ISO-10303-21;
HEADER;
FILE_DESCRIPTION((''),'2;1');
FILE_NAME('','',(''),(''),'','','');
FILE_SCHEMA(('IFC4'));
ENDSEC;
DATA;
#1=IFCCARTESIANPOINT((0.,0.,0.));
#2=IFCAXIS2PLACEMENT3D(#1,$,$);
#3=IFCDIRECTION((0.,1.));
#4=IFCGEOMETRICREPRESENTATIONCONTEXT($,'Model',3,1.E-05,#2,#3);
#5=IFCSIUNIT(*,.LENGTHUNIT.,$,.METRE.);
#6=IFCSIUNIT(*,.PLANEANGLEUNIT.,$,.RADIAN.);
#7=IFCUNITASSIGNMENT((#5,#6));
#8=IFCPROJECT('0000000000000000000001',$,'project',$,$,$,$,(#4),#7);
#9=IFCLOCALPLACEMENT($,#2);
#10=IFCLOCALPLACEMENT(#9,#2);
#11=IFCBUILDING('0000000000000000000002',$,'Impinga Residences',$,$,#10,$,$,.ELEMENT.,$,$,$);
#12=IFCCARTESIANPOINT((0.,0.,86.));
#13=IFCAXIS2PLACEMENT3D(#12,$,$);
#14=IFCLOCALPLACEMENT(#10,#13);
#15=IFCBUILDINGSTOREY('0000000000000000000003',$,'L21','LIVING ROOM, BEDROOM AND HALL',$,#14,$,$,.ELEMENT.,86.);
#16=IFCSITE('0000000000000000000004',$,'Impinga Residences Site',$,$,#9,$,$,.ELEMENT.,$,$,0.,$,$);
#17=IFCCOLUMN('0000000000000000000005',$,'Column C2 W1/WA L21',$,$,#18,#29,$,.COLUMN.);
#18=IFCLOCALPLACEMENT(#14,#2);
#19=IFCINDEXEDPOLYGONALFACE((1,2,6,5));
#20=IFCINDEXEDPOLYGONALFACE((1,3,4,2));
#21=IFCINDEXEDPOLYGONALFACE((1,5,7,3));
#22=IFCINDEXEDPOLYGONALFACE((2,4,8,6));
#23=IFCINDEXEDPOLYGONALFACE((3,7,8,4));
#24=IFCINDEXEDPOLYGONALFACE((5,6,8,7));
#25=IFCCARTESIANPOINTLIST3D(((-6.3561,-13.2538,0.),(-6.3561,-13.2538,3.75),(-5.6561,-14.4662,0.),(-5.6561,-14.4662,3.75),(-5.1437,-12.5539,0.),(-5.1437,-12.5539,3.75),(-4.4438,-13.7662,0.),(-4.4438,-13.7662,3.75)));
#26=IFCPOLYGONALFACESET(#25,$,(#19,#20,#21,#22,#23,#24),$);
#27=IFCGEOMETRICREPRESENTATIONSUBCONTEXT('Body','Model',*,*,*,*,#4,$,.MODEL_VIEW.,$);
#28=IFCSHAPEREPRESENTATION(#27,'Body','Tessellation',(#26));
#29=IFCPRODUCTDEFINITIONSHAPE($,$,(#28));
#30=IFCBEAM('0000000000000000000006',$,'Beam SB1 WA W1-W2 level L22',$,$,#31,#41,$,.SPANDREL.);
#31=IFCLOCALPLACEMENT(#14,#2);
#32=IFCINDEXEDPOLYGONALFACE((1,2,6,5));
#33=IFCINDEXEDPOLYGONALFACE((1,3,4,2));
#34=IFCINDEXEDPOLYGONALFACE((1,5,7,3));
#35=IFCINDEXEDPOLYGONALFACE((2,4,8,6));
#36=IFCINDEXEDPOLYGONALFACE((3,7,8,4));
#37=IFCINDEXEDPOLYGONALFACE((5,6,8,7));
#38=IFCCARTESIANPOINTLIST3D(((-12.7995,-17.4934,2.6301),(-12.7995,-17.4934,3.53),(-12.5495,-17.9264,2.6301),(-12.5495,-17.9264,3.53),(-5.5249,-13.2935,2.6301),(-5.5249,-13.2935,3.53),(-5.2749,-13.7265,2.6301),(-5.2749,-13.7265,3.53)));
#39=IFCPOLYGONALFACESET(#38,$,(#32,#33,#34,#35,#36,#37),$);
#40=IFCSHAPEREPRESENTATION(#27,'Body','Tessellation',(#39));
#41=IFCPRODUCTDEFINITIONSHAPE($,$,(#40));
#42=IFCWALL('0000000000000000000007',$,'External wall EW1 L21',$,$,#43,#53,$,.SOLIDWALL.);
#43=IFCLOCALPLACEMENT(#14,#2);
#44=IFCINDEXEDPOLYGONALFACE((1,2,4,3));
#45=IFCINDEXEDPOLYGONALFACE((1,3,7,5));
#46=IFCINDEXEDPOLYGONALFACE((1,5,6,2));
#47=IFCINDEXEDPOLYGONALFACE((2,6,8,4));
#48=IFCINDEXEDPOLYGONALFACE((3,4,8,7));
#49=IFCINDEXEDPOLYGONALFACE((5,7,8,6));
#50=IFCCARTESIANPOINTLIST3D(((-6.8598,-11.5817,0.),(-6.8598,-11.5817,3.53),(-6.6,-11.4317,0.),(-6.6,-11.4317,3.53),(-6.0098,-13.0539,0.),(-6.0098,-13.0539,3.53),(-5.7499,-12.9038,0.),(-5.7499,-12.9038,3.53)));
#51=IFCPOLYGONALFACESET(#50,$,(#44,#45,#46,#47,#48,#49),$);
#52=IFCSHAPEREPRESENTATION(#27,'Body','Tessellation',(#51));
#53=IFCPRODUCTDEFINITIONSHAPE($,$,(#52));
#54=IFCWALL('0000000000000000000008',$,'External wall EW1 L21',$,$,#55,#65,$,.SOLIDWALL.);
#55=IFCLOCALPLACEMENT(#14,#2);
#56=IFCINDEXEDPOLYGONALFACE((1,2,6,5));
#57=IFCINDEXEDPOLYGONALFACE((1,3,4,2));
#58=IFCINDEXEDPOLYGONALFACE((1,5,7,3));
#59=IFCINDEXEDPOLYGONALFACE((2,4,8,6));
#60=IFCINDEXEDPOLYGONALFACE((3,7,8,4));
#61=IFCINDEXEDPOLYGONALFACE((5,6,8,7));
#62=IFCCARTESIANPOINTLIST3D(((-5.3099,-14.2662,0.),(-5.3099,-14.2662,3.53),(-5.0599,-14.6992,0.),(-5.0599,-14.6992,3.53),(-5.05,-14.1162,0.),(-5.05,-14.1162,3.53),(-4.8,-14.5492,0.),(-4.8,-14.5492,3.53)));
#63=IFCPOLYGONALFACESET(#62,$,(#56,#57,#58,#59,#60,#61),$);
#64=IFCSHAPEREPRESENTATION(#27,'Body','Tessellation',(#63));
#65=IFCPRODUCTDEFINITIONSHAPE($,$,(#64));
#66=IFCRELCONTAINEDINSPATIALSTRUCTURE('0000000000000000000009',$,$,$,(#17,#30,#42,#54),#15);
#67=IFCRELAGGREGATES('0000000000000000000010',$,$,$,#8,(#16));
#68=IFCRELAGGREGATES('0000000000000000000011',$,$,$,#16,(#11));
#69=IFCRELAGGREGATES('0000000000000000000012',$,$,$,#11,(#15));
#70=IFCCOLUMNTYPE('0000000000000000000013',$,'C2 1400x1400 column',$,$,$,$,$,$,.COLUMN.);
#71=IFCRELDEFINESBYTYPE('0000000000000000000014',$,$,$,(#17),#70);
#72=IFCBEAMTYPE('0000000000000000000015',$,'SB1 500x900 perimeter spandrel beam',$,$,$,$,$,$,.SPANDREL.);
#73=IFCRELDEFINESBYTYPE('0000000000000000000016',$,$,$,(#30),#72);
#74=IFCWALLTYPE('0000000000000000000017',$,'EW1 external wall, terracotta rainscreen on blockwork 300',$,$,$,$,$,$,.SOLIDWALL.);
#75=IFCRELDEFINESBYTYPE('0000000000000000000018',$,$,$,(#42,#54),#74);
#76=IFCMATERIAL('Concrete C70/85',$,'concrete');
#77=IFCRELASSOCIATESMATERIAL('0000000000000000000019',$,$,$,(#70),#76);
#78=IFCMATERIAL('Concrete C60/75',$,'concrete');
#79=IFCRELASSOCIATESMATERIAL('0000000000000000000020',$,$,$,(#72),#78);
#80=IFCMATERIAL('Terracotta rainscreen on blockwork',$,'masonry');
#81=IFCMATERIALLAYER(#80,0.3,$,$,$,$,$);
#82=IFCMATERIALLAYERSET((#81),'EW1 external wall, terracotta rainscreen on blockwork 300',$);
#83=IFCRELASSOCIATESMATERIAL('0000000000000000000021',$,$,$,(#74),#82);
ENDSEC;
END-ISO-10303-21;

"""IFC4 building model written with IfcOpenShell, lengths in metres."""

from ifc_helpers import new_model, si_unit, direction, frame, frame_2d, origin, origin_2d, place, context, subcontext, project, spatial, rectangle, extrude, material, layer, layer_set, material_profile, profile_set, type_object, element, save


model = new_model("IFC4")

# Units and contexts
model_context = context("Model", 3, precision=1e-05, world=origin(), true_north=direction((0.0, 1.0)))
body_context = subcontext(model_context, "Body", "Model", "MODEL_VIEW")
ifc_project = project(units=[si_unit("LENGTHUNIT", "METRE"), si_unit("PLANEANGLEUNIT", "RADIAN")], contexts=[model_context])

# Site, building, storey
site_placement = place(None, origin())
site = spatial("IfcSite", under=ifc_project, at=site_placement, Name="Impinga Residences Site", CompositionType="ELEMENT", RefElevation=0.0)
building_placement = place(site_placement, origin())
building = spatial("IfcBuilding", under=site, at=building_placement, Name="Impinga Residences", CompositionType="ELEMENT")
storey_placement = place(building_placement, frame((0.0, 0.0, 86.0)))
storey = spatial("IfcBuildingStorey", under=building, at=storey_placement, Name="L21", Description="LIVING ROOM, BEDROOM AND HALL", CompositionType="ELEMENT", Elevation=86.0)

# Column
ifc_material_1 = material(Name="Concrete C70/85", Category="concrete")
ifc_material_profile_1 = material_profile(ifc_material_1, rectangle(XDim=1.3999, YDim=1.3999, at=origin_2d()), Name="RC 1400x1400")
ifc_profile_set_1 = profile_set([ifc_material_profile_1], Name="Concrete C70/85")
column_type = type_object("IfcColumnType", Name="C2 1400x1400 column", PredefinedType="COLUMN", material=ifc_profile_set_1)
column_placement = place(storey_placement, frame((-5.3999, -13.51, 0.0), z_axis=(0.0, 0.0, 1.0), x_axis=(-0.5, 0.866025, 0.0)))
element("IfcColumn", 1, at=column_placement, inside=storey, type_object=column_type, Name="Column C2 W1/WA L21", PredefinedType="COLUMN", context=body_context, shape_type="SweptSolid", body=[
    extrude(rectangle(XDim=1.3999, YDim=1.3999, at=origin_2d()), origin(), (0.0, 0.0, 1.0), 3.75),
])

# Beam
ifc_material_2 = material(Name="Concrete C60/75", Category="concrete")
ifc_material_profile_2 = material_profile(ifc_material_2, rectangle(XDim=0.5, YDim=0.8999, at=origin_2d()), Name="RC 500x900")
ifc_profile_set_2 = profile_set([ifc_material_profile_2], Name="Concrete C60/75")
beam_type = type_object("IfcBeamType", Name="SB1 500x900 perimeter spandrel beam", PredefinedType="SPANDREL", material=ifc_profile_set_2)
beam_placement = place(storey_placement, frame((-5.3999, -13.51, 3.0801), z_axis=(-0.866029, -0.499993, 0.0), x_axis=(0.499993, -0.866029, 0.0)))
element("IfcBeam", 2, at=beam_placement, inside=storey, type_object=beam_type, Name="Beam SB1 WA W1-W2 level L22", PredefinedType="SPANDREL", context=body_context, shape_type="SweptSolid", body=[
    extrude(rectangle(XDim=0.5, YDim=0.8999, at=origin_2d()), origin(), (0.0, 0.0, 1.0), 8.3999),
])

# Walls
ifc_material_3 = material(Name="Terracotta rainscreen on blockwork", Category="masonry")
ifc_layer_1 = layer(ifc_material_3, 0.3)
ifc_layer_set_1 = layer_set([ifc_layer_1], Name="EW1 external wall, terracotta rainscreen on blockwork 300")
wall_type_1 = type_object("IfcWallType", Name="EW1 external wall, terracotta rainscreen on blockwork 300", PredefinedType="SOLIDWALL", material=ifc_layer_set_1)
wall_1_placement = place(storey_placement, frame((-6.73, -11.5066, 0.0), z_axis=(0.0, 0.0, 1.0), x_axis=(0.500062, -0.865989, 0.0)))
element("IfcWall", 3, at=wall_1_placement, inside=storey, type_object=wall_type_1, Name="External wall EW1 L21", PredefinedType="SOLIDWALL", context=body_context, shape_type="SweptSolid", body=[
    extrude(rectangle(XDim=1.7, YDim=0.3, at=frame_2d((0.8501, 0.0))), origin(), (0.0, 0.0, 1.0), 3.53),
])
wall_2_placement = place(storey_placement, frame((-5.1799, -14.1912, 0.0), z_axis=(0.0, 0.0, 1.0), x_axis=(0.49992, -0.866072, 0.0)))
element("IfcWall", 4, at=wall_2_placement, inside=storey, type_object=wall_type_1, Name="External wall EW1 L21", PredefinedType="SOLIDWALL", context=body_context, shape_type="SweptSolid", body=[
    extrude(rectangle(XDim=0.5, YDim=0.3, at=frame_2d((0.25, 0.0))), origin(), (0.0, 0.0, 1.0), 3.53),
])

save(model, "model.ifc")
